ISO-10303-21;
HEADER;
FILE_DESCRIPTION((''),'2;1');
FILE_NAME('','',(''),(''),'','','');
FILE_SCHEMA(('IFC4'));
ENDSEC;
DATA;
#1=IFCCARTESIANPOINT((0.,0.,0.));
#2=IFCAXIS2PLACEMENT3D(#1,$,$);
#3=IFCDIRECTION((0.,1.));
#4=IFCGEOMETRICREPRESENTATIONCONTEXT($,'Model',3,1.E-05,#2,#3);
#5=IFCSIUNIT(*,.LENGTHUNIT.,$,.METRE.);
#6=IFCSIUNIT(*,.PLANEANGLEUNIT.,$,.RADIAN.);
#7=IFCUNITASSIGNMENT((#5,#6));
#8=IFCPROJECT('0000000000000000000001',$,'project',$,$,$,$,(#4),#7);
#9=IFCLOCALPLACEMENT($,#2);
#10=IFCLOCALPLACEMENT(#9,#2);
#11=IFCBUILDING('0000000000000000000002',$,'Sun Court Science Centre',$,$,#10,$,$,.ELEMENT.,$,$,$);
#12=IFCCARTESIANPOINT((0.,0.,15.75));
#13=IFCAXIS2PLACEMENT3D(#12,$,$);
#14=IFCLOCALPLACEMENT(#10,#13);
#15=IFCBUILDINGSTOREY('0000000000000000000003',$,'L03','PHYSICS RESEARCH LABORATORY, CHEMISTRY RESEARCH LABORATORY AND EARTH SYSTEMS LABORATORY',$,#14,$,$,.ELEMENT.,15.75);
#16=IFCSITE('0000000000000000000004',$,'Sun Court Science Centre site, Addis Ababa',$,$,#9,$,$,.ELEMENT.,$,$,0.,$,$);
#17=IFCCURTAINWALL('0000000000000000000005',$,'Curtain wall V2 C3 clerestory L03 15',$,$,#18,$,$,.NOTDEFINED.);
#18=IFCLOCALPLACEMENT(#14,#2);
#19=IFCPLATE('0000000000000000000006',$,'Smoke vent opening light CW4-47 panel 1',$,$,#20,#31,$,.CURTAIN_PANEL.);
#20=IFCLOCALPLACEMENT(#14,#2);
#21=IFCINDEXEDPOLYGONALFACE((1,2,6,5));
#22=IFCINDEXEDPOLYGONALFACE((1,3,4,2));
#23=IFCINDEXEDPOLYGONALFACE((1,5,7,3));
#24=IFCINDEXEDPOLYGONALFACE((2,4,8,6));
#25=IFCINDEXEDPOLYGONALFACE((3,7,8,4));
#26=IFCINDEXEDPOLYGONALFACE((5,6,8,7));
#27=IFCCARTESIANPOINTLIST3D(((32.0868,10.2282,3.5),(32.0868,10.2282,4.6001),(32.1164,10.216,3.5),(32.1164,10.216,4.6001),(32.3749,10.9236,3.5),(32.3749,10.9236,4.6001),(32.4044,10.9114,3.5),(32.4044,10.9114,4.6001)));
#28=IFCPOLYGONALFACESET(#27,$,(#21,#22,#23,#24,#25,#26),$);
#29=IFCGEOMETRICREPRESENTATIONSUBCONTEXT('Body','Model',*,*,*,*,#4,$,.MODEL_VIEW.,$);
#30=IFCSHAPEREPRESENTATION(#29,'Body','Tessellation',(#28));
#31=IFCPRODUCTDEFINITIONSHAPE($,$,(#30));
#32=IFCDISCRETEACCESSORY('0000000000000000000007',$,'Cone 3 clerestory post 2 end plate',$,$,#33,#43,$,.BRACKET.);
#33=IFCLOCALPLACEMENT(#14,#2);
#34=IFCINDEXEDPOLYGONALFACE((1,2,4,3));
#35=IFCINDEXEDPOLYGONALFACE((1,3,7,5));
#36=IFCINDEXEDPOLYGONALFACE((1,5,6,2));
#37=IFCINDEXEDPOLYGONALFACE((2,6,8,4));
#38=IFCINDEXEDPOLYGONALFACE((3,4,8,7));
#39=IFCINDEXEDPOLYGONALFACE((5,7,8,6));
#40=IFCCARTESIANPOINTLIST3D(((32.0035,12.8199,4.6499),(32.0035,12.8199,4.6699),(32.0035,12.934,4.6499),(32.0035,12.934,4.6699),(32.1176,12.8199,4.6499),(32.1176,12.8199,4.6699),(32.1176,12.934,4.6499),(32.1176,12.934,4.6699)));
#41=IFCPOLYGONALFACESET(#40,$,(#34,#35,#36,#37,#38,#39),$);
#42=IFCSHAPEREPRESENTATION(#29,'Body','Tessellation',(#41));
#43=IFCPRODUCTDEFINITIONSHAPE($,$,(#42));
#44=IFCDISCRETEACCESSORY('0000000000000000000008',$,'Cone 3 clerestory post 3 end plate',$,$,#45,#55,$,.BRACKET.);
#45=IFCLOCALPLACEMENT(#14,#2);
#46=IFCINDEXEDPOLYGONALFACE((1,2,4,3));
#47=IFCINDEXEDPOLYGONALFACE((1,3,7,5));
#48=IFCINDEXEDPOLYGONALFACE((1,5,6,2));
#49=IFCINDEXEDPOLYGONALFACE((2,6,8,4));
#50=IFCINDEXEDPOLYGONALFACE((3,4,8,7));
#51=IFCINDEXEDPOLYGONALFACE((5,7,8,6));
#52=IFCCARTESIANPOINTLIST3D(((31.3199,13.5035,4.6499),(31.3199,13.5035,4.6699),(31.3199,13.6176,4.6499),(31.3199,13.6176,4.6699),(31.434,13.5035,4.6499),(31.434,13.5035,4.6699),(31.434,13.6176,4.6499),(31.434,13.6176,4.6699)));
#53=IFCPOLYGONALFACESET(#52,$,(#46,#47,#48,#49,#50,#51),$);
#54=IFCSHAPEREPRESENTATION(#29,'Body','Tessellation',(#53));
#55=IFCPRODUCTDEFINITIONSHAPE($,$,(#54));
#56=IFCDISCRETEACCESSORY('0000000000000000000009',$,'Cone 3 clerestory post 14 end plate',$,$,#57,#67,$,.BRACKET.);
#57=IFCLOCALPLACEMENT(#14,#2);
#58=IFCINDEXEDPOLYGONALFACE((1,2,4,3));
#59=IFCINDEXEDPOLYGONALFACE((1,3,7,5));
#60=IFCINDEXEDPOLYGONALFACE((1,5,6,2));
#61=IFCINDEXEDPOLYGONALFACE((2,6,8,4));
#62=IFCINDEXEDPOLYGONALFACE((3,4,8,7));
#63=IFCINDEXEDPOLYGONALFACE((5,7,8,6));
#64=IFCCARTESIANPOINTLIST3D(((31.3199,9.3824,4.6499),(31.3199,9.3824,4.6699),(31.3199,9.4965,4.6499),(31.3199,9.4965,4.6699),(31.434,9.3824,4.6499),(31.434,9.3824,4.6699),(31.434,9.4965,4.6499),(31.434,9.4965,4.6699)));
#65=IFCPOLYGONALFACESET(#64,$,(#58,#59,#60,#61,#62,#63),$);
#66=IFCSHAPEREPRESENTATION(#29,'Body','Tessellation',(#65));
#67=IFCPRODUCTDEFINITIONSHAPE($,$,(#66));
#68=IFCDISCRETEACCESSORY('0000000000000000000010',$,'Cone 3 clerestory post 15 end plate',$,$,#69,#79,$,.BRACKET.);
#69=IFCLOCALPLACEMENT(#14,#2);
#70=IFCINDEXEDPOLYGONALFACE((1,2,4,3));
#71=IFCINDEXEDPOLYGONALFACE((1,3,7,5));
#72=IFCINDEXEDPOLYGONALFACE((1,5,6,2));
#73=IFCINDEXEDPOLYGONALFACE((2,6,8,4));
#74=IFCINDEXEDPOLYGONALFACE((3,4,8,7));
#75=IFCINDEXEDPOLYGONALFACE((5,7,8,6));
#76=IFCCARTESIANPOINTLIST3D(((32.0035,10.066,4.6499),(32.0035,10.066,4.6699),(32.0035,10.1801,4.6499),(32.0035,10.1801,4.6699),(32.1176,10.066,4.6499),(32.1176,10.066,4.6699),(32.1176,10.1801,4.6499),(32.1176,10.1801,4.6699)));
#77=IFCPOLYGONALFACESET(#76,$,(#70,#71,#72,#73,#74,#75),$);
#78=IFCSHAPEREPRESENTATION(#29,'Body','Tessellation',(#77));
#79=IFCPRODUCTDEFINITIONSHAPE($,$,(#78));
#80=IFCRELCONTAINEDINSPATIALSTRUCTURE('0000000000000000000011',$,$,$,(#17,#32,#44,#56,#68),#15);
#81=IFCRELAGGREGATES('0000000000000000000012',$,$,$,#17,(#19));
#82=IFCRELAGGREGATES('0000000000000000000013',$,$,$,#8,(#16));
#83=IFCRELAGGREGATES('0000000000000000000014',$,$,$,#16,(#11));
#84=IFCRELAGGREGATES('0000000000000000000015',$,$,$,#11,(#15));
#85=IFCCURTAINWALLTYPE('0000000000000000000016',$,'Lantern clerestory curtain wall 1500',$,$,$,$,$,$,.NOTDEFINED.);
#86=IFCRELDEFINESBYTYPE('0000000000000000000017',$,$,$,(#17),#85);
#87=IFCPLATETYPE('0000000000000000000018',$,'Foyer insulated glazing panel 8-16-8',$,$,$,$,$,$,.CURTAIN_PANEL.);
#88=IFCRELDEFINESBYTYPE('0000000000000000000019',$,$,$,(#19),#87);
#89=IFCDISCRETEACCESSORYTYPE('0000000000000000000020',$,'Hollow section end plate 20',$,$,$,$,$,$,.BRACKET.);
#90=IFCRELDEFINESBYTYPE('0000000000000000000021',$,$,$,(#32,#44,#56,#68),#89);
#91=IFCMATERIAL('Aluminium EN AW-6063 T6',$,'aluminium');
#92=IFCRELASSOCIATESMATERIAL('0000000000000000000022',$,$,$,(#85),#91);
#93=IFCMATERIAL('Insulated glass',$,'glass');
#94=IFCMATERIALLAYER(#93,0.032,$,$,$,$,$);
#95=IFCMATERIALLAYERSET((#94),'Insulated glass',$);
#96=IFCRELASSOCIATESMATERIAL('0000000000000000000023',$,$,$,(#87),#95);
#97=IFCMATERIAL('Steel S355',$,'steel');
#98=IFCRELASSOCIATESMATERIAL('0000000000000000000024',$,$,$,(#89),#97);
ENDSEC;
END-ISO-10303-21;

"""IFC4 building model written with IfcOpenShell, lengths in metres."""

from ifc_helpers import new_model, si_unit, direction, frame, origin, origin_2d, place, context, subcontext, project, spatial, rectangle, extrude, material, layer, layer_set, type_object, element, aggregate, save


model = new_model("IFC4")

# Units and contexts
model_context = context("Model", 3, precision=1e-05, world=origin(), true_north=direction((0.0, 1.0)))
body_context = subcontext(model_context, "Body", "Model", "MODEL_VIEW")
ifc_project = project(units=[si_unit("LENGTHUNIT", "METRE"), si_unit("PLANEANGLEUNIT", "RADIAN")], contexts=[model_context])

# Site, building, storey
site_placement = place(None, origin())
site = spatial("IfcSite", under=ifc_project, at=site_placement, Name="Sun Court Science Centre site, Addis Ababa", CompositionType="ELEMENT", RefElevation=0.0)
building_placement = place(site_placement, origin())
building = spatial("IfcBuilding", under=site, at=building_placement, Name="Sun Court Science Centre", CompositionType="ELEMENT")
storey_placement = place(building_placement, frame((0.0, 0.0, 15.75)))
storey = spatial("IfcBuildingStorey", under=building, at=storey_placement, Name="L03", Description="PHYSICS RESEARCH LABORATORY, CHEMISTRY RESEARCH LABORATORY AND EARTH SYSTEMS LABORATORY", CompositionType="ELEMENT", Elevation=15.75)

# Shared definitions
ifc_material_1 = material(Name="Aluminium EN AW-6063 T6", Category="aluminium")
curtain_wall_type = type_object("IfcCurtainWallType", Name="Lantern clerestory curtain wall 1500", PredefinedType="NOTDEFINED", material=ifc_material_1)

# Curtain wall
curtain_wall_1_placement = place(storey_placement, origin())
curtain_wall_1 = element("IfcCurtainWall", 1, at=curtain_wall_1_placement, inside=storey, type_object=curtain_wall_type, Name="Curtain wall V2 C3 clerestory L03 15", PredefinedType="NOTDEFINED")

# Plate
ifc_material_2 = material(Name="Insulated glass", Category="glass")
ifc_layer = layer(ifc_material_2, 0.032)
ifc_layer_set = layer_set([ifc_layer], Name="Insulated glass")
plate_type = type_object("IfcPlateType", Name="Foyer insulated glazing panel 8-16-8", PredefinedType="CURTAIN_PANEL", material=ifc_layer_set)
plate_1_placement = place(storey_placement, frame((32.2456, 10.5698, 3.5), z_axis=(0.0, 0.0, 1.0), x_axis=(-0.382683, -0.92388, 0.0)))
plate_1 = element("IfcPlate", 2, at=plate_1_placement, type_object=plate_type, Name="Smoke vent opening light CW4-47 panel 1", PredefinedType="CURTAIN_PANEL", context=body_context, shape_type="SweptSolid", body=[
    extrude(rectangle(XDim=0.7527, YDim=0.032, at=origin_2d()), origin(), (0.0, 0.0, 1.0), 1.1001),
])
aggregate(curtain_wall_1, [plate_1])

# Discrete accessories
ifc_material_3 = material(Name="Steel S355", Category="steel")
discrete_accessory_type = type_object("IfcDiscreteAccessoryType", Name="Hollow section end plate 20", PredefinedType="BRACKET", material=ifc_material_3)
for number, where, z_axis, x_axis, name in (
    (3, (32.0605, 12.877, 4.6499), (0.0, 0.0, 1.0), (1.0, 0.0, 0.0), "Cone 3 clerestory post 2 end plate"),
    (4, (31.377, 13.5605, 4.6499), (0.0, 0.0, 1.0), (1.0, 0.0, 0.0), "Cone 3 clerestory post 3 end plate"),
    (5, (31.377, 9.4395, 4.6499), (0.0, 0.0, 1.0), (1.0, 0.0, 0.0), "Cone 3 clerestory post 14 end plate"),
    (6, (32.0605, 10.123, 4.6499), (0.0, 0.0, 1.0), (1.0, 0.0, 0.0), "Cone 3 clerestory post 15 end plate"),
):
    element("IfcDiscreteAccessory", number, at=place(storey_placement, frame(where, z_axis=z_axis, x_axis=x_axis)), inside=storey, type_object=discrete_accessory_type, Name=name, PredefinedType="BRACKET", context=body_context, shape_type="SweptSolid", body=[
        extrude(rectangle(XDim=0.114, YDim=0.114, at=origin_2d()), origin(), (0.0, 0.0, 1.0), 0.02),
    ])

save(model, "model.ifc")
